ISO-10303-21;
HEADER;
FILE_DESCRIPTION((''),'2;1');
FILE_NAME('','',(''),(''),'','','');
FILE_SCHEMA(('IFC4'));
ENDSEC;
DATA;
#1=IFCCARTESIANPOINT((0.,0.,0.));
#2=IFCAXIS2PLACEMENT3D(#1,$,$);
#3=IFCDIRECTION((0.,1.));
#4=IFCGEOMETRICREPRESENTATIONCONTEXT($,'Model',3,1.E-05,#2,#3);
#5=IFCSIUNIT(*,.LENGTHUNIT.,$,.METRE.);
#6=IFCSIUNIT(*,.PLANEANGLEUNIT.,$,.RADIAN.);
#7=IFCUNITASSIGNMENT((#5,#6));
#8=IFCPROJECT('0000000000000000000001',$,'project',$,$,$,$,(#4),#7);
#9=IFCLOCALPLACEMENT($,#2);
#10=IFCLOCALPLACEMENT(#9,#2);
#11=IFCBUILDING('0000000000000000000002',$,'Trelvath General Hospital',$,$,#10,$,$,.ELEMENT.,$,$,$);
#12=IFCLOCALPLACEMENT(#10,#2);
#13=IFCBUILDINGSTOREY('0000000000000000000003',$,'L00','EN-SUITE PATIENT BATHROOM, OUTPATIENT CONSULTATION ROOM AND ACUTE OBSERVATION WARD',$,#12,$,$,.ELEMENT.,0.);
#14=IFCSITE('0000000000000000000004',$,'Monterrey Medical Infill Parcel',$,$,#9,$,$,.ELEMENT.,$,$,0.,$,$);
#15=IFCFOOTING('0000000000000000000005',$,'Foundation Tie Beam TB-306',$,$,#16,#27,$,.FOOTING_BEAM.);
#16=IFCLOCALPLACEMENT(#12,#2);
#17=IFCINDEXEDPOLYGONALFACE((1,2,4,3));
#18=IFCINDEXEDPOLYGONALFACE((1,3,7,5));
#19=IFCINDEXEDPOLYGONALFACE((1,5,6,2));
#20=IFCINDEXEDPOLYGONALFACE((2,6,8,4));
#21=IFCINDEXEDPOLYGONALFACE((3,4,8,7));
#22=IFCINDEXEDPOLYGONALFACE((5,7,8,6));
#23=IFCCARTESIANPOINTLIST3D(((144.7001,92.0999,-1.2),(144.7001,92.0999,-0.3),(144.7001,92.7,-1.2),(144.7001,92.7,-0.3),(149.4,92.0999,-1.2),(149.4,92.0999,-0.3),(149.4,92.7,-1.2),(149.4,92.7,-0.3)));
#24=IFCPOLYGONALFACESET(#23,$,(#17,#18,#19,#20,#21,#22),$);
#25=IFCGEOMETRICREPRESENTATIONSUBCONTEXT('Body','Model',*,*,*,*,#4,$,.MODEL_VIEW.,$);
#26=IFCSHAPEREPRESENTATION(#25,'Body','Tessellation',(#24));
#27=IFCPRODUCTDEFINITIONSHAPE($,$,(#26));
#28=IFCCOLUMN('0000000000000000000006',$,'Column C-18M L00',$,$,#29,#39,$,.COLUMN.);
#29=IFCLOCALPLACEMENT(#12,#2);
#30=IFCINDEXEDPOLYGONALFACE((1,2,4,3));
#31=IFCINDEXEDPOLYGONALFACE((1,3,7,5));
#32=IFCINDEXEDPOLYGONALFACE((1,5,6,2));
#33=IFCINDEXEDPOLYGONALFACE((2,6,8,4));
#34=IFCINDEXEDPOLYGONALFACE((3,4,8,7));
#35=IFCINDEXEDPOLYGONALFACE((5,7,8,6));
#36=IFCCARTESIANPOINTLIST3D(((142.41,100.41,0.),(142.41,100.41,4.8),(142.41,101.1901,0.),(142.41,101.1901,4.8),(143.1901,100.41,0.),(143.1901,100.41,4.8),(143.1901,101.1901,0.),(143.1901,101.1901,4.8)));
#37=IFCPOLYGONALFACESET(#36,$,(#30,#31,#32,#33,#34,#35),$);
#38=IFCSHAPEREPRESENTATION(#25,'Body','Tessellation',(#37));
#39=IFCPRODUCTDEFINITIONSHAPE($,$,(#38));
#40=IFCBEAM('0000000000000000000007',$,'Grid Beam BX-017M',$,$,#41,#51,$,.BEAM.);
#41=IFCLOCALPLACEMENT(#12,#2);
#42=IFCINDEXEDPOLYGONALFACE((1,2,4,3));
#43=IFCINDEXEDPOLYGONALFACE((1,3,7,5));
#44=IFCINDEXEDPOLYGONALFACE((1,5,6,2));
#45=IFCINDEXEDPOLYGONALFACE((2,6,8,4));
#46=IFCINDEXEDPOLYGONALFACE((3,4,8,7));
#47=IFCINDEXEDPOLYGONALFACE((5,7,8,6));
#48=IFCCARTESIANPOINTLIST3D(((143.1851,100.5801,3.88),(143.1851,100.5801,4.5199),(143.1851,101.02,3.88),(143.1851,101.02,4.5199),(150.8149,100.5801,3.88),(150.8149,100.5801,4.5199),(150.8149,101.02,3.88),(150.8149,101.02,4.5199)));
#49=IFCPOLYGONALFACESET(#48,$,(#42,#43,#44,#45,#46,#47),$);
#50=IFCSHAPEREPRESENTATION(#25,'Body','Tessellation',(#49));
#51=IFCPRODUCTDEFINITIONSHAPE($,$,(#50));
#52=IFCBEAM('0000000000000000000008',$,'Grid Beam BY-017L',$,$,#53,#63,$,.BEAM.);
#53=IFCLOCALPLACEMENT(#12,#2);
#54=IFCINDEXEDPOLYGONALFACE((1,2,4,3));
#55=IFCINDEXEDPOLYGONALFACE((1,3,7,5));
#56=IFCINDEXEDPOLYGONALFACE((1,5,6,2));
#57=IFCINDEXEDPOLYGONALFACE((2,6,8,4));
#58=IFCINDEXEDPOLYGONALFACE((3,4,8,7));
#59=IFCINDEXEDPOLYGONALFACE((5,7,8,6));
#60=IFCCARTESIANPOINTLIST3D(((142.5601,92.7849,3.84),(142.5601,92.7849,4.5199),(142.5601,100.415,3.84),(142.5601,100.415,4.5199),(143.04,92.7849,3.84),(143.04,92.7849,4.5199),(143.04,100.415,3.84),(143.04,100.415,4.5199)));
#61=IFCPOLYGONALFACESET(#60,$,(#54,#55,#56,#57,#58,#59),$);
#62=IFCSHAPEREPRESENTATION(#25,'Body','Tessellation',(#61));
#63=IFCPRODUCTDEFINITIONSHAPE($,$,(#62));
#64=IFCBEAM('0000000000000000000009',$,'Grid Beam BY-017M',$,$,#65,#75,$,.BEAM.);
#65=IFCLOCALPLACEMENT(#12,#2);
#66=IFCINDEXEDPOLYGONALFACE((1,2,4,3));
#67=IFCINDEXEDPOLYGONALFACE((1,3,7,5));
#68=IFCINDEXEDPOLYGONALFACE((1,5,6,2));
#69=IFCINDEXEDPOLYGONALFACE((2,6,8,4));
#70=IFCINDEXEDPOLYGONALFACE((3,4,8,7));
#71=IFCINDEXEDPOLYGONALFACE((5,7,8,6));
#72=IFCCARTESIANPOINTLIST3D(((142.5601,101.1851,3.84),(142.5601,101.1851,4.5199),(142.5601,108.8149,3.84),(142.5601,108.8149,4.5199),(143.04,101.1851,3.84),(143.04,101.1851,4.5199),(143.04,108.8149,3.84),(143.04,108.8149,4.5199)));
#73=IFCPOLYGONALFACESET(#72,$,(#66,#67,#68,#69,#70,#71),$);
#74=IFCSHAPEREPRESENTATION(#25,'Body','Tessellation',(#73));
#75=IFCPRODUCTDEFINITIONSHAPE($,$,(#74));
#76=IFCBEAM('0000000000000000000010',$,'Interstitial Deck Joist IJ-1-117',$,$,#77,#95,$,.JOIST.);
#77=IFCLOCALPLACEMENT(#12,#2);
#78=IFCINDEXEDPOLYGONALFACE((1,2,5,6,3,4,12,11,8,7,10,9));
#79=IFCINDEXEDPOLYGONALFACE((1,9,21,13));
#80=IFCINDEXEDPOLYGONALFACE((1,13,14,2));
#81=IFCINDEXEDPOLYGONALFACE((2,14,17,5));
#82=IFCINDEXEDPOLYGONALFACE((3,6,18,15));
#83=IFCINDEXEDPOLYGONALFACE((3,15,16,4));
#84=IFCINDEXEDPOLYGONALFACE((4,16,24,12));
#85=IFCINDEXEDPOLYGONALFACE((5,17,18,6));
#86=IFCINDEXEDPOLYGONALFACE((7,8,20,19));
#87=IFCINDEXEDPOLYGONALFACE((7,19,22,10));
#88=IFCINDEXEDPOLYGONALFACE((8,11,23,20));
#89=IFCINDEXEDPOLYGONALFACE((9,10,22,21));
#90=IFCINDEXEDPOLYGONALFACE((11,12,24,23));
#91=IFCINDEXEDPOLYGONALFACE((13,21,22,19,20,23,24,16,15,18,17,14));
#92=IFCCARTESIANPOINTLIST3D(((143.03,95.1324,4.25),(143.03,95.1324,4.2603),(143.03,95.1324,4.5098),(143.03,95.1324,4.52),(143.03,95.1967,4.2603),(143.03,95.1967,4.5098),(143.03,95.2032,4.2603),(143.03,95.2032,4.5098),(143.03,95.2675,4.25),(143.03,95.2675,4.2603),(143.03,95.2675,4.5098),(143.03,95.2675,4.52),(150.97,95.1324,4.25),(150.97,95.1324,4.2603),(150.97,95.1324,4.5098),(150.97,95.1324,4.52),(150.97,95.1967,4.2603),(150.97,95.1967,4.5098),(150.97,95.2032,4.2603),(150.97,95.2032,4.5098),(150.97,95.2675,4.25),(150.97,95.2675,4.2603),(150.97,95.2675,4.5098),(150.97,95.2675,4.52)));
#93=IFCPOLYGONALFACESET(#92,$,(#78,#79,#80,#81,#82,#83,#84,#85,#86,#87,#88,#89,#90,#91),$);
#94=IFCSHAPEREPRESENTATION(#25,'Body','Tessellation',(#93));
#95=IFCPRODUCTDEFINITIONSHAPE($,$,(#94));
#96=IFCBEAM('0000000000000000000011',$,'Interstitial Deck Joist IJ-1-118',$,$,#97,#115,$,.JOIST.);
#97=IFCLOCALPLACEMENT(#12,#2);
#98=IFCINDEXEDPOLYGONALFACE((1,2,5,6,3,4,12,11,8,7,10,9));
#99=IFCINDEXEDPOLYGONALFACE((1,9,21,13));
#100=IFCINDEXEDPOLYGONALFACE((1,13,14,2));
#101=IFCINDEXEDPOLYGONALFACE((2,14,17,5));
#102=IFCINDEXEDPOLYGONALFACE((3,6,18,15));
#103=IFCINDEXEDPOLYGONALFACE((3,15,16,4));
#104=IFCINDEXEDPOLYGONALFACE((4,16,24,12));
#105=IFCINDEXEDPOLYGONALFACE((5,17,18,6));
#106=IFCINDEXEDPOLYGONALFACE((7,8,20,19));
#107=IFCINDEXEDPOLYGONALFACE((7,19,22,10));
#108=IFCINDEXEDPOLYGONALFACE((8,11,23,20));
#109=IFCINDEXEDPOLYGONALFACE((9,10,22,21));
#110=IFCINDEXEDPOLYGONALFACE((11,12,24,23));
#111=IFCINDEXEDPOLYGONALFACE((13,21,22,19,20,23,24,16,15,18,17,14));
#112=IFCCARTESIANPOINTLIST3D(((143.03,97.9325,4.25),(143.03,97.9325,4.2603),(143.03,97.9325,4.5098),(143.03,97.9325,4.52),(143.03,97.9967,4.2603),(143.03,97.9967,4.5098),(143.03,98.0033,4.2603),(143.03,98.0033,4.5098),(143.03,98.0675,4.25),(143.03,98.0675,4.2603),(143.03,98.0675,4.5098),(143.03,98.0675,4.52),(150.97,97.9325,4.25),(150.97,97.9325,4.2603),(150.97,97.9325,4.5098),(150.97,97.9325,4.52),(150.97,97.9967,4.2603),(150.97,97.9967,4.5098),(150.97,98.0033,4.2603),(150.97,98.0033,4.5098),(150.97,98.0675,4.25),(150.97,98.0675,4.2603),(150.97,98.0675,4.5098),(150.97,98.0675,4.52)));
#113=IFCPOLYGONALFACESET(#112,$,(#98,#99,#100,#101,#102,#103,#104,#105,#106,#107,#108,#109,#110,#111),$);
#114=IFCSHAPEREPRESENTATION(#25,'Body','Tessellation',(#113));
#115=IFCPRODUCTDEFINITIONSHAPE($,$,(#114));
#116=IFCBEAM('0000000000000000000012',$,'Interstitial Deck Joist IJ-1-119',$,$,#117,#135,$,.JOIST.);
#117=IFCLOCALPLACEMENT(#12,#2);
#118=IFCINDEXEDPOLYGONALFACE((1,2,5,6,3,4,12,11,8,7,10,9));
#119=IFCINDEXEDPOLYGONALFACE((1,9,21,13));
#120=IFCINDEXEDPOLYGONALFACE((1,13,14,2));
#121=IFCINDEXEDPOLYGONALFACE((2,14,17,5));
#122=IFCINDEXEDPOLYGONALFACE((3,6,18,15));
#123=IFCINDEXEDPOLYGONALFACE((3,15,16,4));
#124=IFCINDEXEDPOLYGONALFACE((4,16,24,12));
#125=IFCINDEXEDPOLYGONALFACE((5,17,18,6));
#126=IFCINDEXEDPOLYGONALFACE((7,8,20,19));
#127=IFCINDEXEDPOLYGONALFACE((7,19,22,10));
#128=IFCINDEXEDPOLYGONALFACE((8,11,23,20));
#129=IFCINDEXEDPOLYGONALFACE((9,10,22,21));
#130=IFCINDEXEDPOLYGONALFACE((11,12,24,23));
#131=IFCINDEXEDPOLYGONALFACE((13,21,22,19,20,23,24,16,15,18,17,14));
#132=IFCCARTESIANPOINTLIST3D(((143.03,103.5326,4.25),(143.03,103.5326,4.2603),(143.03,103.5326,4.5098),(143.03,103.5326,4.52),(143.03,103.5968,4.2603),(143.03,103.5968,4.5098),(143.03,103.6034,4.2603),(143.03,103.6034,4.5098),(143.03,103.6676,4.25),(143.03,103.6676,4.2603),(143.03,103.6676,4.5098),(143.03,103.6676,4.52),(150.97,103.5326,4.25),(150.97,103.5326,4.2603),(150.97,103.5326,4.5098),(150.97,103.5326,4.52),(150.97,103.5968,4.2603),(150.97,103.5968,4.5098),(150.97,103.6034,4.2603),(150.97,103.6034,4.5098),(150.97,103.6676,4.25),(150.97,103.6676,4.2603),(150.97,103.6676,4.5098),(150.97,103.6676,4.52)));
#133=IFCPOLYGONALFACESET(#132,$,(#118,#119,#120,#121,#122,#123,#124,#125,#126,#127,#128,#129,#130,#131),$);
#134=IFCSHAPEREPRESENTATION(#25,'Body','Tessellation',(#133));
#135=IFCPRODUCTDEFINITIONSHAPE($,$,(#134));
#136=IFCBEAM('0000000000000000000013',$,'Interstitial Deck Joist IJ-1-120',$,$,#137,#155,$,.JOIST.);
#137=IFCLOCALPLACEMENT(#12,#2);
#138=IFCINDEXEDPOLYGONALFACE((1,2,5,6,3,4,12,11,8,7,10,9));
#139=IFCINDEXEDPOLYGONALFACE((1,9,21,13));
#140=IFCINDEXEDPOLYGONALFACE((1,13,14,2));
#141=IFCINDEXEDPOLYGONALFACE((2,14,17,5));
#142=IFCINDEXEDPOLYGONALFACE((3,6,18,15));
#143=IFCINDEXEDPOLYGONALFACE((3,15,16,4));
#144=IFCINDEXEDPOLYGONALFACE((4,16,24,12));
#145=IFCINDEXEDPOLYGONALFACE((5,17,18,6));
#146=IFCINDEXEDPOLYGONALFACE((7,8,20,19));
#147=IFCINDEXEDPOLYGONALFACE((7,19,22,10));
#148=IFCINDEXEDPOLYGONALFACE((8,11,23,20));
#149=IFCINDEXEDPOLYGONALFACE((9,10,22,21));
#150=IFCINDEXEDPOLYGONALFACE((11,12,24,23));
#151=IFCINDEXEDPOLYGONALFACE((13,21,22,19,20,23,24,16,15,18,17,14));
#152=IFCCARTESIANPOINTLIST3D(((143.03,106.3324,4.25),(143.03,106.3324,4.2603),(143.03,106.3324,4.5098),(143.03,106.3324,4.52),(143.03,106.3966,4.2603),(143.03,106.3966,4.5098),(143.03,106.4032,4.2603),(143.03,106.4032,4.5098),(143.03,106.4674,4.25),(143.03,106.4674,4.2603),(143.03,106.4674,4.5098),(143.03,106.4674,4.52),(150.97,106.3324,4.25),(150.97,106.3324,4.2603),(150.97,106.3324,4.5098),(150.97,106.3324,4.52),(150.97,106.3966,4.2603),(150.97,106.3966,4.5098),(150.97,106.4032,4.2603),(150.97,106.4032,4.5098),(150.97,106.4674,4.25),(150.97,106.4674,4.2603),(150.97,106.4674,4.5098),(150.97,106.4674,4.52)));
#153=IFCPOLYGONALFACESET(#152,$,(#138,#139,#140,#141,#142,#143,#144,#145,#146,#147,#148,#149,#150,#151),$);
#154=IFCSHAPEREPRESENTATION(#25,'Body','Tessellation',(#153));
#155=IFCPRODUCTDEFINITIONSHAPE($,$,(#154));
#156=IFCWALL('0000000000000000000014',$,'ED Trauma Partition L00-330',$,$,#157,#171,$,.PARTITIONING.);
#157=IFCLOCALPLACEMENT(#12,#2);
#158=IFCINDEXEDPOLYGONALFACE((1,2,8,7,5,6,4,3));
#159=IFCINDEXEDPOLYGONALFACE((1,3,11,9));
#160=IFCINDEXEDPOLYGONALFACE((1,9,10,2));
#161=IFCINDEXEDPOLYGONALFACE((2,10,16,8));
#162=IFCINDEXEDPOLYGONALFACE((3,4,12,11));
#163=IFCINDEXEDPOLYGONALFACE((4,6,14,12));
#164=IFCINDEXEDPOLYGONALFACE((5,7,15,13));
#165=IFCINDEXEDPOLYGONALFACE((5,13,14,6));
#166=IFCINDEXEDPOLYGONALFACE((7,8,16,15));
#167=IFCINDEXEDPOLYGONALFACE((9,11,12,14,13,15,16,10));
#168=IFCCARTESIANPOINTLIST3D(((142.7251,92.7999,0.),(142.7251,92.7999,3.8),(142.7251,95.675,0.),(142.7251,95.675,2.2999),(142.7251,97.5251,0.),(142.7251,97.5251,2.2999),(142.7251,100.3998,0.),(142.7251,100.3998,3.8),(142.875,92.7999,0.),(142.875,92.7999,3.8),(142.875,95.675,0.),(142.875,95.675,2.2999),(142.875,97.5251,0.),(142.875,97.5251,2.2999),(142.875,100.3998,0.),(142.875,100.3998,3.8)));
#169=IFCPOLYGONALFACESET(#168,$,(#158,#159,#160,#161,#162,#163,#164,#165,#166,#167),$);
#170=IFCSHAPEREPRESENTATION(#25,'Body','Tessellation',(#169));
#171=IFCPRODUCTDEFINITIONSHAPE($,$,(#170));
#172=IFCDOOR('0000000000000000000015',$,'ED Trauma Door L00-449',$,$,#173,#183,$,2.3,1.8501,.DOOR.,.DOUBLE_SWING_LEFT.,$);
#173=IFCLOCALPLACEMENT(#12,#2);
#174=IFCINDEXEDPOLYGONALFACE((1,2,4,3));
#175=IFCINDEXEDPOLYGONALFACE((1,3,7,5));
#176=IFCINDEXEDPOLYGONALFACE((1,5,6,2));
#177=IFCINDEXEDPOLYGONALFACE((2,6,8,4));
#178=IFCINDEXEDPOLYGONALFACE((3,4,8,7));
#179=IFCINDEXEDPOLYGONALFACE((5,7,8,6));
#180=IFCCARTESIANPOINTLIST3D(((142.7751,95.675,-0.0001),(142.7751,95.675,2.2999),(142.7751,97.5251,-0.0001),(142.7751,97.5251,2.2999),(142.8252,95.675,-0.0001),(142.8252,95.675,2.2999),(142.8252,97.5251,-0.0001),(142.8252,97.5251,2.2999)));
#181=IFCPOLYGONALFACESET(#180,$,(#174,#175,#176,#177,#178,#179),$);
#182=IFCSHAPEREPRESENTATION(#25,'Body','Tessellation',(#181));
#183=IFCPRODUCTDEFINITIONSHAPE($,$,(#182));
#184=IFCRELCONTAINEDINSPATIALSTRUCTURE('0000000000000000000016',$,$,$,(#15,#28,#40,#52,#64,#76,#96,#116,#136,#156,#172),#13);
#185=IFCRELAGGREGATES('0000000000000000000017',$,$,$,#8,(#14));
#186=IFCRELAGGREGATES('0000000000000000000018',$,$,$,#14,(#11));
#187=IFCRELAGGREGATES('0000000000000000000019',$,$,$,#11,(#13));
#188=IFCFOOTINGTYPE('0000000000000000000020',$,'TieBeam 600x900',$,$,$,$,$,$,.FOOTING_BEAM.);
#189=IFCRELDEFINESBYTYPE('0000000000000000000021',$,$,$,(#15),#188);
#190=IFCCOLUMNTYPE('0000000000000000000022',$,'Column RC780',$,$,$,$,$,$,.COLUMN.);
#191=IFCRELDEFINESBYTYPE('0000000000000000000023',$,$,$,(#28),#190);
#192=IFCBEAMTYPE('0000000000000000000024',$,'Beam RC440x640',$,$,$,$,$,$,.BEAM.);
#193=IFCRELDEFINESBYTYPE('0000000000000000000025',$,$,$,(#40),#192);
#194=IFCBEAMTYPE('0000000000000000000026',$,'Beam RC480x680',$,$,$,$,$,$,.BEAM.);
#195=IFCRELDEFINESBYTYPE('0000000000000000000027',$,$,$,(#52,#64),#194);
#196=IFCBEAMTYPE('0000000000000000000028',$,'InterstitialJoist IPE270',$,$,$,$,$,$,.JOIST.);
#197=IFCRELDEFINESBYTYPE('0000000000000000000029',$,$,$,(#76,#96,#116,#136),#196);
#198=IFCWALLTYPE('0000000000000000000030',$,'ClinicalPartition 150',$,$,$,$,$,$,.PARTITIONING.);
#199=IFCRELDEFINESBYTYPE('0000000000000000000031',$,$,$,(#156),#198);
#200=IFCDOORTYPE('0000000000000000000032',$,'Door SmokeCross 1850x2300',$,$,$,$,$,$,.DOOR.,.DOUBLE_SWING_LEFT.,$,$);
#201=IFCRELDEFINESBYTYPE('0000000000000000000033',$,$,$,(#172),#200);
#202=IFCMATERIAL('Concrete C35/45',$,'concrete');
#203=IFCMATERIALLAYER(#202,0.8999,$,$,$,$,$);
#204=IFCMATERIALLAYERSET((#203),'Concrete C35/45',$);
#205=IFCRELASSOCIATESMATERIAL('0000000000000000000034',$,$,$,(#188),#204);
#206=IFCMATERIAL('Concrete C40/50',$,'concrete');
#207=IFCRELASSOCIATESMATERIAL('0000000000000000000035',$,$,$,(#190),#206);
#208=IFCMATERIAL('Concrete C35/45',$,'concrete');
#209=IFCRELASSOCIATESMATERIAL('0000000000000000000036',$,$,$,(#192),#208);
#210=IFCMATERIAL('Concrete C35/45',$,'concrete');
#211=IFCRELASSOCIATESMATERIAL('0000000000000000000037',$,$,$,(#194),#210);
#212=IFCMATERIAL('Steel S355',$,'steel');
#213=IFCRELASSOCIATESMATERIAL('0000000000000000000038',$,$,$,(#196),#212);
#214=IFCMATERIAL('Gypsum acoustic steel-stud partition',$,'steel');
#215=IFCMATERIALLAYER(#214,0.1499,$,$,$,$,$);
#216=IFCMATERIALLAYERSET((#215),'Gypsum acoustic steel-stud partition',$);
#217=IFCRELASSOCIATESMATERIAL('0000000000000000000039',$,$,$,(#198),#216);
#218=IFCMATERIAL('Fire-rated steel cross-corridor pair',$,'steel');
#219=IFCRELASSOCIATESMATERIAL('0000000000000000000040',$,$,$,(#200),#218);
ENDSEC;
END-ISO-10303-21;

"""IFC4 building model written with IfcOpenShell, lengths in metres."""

from ifc_helpers import new_model, si_unit, direction, frame, frame_2d, origin, origin_2d, place, context, subcontext, project, spatial, rectangle, i_section, extrude, material, layer, layer_set, material_profile, profile_set, type_object, element, fill, save


model = new_model("IFC4")

# Units and contexts
model_context = context("Model", 3, precision=1e-05, world=origin(), true_north=direction((0.0, 1.0)))
body_context = subcontext(model_context, "Body", "Model", "MODEL_VIEW")
ifc_project = project(units=[si_unit("LENGTHUNIT", "METRE"), si_unit("PLANEANGLEUNIT", "RADIAN")], contexts=[model_context])

# Site, building, storey
site_placement = place(None, origin())
site = spatial("IfcSite", under=ifc_project, at=site_placement, Name="Monterrey Medical Infill Parcel", CompositionType="ELEMENT", RefElevation=0.0)
building_placement = place(site_placement, origin())
building = spatial("IfcBuilding", under=site, at=building_placement, Name="Trelvath General Hospital", CompositionType="ELEMENT")
storey_placement = place(building_placement, origin())
storey = spatial("IfcBuildingStorey", under=building, at=storey_placement, Name="L00", Description="EN-SUITE PATIENT BATHROOM, OUTPATIENT CONSULTATION ROOM AND ACUTE OBSERVATION WARD", CompositionType="ELEMENT", Elevation=0.0)

# Footing
ifc_material_1 = material(Name="Concrete C35/45", Category="concrete")
ifc_layer_1 = layer(ifc_material_1, 0.8999)
ifc_layer_set_1 = layer_set([ifc_layer_1], Name="Concrete C35/45")
footing_type_1 = type_object("IfcFootingType", Name="TieBeam 600x900", PredefinedType="FOOTING_BEAM", material=ifc_layer_set_1)
footing_1_placement = place(storey_placement, frame((147.05, 92.3999, -1.2), z_axis=(0.0, 0.0, 1.0), x_axis=(1.0, 0.0, 0.0)))
element("IfcFooting", 1, at=footing_1_placement, inside=storey, type_object=footing_type_1, Name="Foundation Tie Beam TB-306", PredefinedType="FOOTING_BEAM", context=body_context, shape_type="SweptSolid", body=[
    extrude(rectangle(XDim=4.7, YDim=0.6001, at=origin_2d()), origin(), (0.0, 0.0, 1.0), 0.8999),
])

# Column
ifc_material_2 = material(Name="Concrete C40/50", Category="concrete")
ifc_material_profile_1 = material_profile(ifc_material_2, rectangle(XDim=0.78, YDim=0.78, at=origin_2d()), Name="RC780x780")
ifc_profile_set_1 = profile_set([ifc_material_profile_1], Name="Concrete C40/50")
column_type = type_object("IfcColumnType", Name="Column RC780", PredefinedType="COLUMN", material=ifc_profile_set_1)
column_placement = place(storey_placement, frame((142.8, 100.8, 0.0), z_axis=(0.0, 0.0, 1.0), x_axis=(1.0, 0.0, 0.0)))
element("IfcColumn", 2, at=column_placement, inside=storey, type_object=column_type, Name="Column C-18M L00", PredefinedType="COLUMN", context=body_context, shape_type="SweptSolid", body=[
    extrude(rectangle(XDim=0.78, YDim=0.78, at=origin_2d()), origin(), (0.0, 0.0, 1.0), 4.8),
])

# Beams
ifc_material_3 = material(Name="Concrete C35/45", Category="concrete")
ifc_material_profile_2 = material_profile(ifc_material_3, rectangle(XDim=0.4399, YDim=0.6399, at=origin_2d()), Name="RCB440x640")
ifc_profile_set_2 = profile_set([ifc_material_profile_2], Name="Concrete C35/45")
beam_type_1 = type_object("IfcBeamType", Name="Beam RC440x640", PredefinedType="BEAM", material=ifc_profile_set_2)
beam_1_placement = place(storey_placement, frame((143.1851, 100.8, 4.2), z_axis=(1.0, 0.0, 0.0), x_axis=(0.0, 1.0, 0.0)))
element("IfcBeam", 3, at=beam_1_placement, inside=storey, type_object=beam_type_1, Name="Grid Beam BX-017M", PredefinedType="BEAM", context=body_context, shape_type="SweptSolid", body=[
    extrude(rectangle(XDim=0.4399, YDim=0.6399, at=origin_2d()), origin(), (0.0, 0.0, 1.0), 7.6299),
])
ifc_material_4 = material(Name="Concrete C35/45", Category="concrete")
ifc_material_profile_3 = material_profile(ifc_material_4, rectangle(XDim=0.48, YDim=0.6799, at=origin_2d()), Name="RCB480x680")
ifc_profile_set_3 = profile_set([ifc_material_profile_3], Name="Concrete C35/45")
beam_type_2 = type_object("IfcBeamType", Name="Beam RC480x680", PredefinedType="BEAM", material=ifc_profile_set_3)
beam_2_placement = place(storey_placement, frame((142.8, 92.7849, 4.1799), z_axis=(0.0, 1.0, 0.0), x_axis=(-1.0, 0.0, 0.0)))
element("IfcBeam", 4, at=beam_2_placement, inside=storey, type_object=beam_type_2, Name="Grid Beam BY-017L", PredefinedType="BEAM", context=body_context, shape_type="SweptSolid", body=[
    extrude(rectangle(XDim=0.48, YDim=0.6799, at=origin_2d()), origin(), (0.0, 0.0, 1.0), 7.6301),
])
beam_3_placement = place(storey_placement, frame((142.8, 101.1851, 4.1799), z_axis=(0.0, 1.0, 0.0), x_axis=(-1.0, 0.0, 0.0)))
element("IfcBeam", 5, at=beam_3_placement, inside=storey, type_object=beam_type_2, Name="Grid Beam BY-017M", PredefinedType="BEAM", context=body_context, shape_type="SweptSolid", body=[
    extrude(rectangle(XDim=0.48, YDim=0.6799, at=origin_2d()), origin(), (0.0, 0.0, 1.0), 7.6299),
])
ifc_material_5 = material(Name="Steel S355", Category="steel")
ifc_material_profile_4 = material_profile(ifc_material_5, i_section(OverallWidth=0.135, OverallDepth=0.27, WebThickness=0.0066, FlangeThickness=0.0103, at=origin_2d()), Name="IPE270")
ifc_profile_set_4 = profile_set([ifc_material_profile_4], Name="Steel S355")
beam_type_3 = type_object("IfcBeamType", Name="InterstitialJoist IPE270", PredefinedType="JOIST", material=ifc_profile_set_4)
for number, where, z_axis, x_axis, name in (
    (6, (143.03, 95.2, 4.385), (1.0, 0.0, 0.0), (0.0, 1.0, 0.0), "Interstitial Deck Joist IJ-1-117"),
    (7, (143.03, 98.0, 4.385), (1.0, 0.0, 0.0), (0.0, 1.0, 0.0), "Interstitial Deck Joist IJ-1-118"),
    (8, (143.03, 103.6001, 4.385), (1.0, 0.0, 0.0), (0.0, 1.0, 0.0), "Interstitial Deck Joist IJ-1-119"),
    (9, (143.03, 106.3999, 4.385), (1.0, 0.0, 0.0), (0.0, 1.0, 0.0), "Interstitial Deck Joist IJ-1-120"),
):
    element("IfcBeam", number, at=place(storey_placement, frame(where, z_axis=z_axis, x_axis=x_axis)), inside=storey, type_object=beam_type_3, Name=name, PredefinedType="JOIST", context=body_context, shape_type="SweptSolid", body=[
        extrude(i_section(OverallWidth=0.135, OverallDepth=0.27, WebThickness=0.0066, FlangeThickness=0.0103, at=origin_2d()), origin(), (0.0, 0.0, 1.0), 7.9399),
    ])

# Wall, opening, door
ifc_material_6 = material(Name="Gypsum acoustic steel-stud partition", Category="steel")
ifc_layer_2 = layer(ifc_material_6, 0.1499)
ifc_layer_set_2 = layer_set([ifc_layer_2], Name="Gypsum acoustic steel-stud partition")
wall_type = type_object("IfcWallType", Name="ClinicalPartition 150", PredefinedType="PARTITIONING", material=ifc_layer_set_2)
wall_placement = place(storey_placement, frame((142.8, 92.8, 0.0), z_axis=(0.0, 0.0, 1.0), x_axis=(0.0, 1.0, 0.0)))
wall = element("IfcWall", 10, at=wall_placement, inside=storey, type_object=wall_type, Name="ED Trauma Partition L00-330", PredefinedType="PARTITIONING", context=body_context, shape_type="SweptSolid", body=[
    extrude(rectangle(XDim=7.5999, YDim=0.1499, at=frame_2d((3.7998, 0.0))), origin(), (0.0, 0.0, 1.0), 3.8),
])
opening_placement = place(wall_placement, frame((2.875, 0.0, 0.0)))
opening = element("IfcOpeningElement", 11, at=opening_placement, cuts=wall, PredefinedType="OPENING", context=body_context, shape_type="SweptSolid", body=[
    extrude(rectangle(XDim=1.8501, YDim=2.3, at=frame_2d((0.925, 1.1499))), frame((0.0, 0.085, 0.0), z_axis=(0.0, -1.0, 0.0), x_axis=(1.0, 0.0, 0.0)), (0.0, 0.0, 1.0), 0.1699),
])
ifc_material_7 = material(Name="Fire-rated steel cross-corridor pair", Category="steel")
door_type = type_object("IfcDoorType", Name="Door SmokeCross 1850x2300", OperationType="DOUBLE_SWING_LEFT", PredefinedType="DOOR", material=ifc_material_7)
door_placement = place(opening_placement, origin())
door = element("IfcDoor", 12, at=door_placement, inside=storey, type_object=door_type, Name="ED Trauma Door L00-449", OperationType="DOUBLE_SWING_LEFT", OverallHeight=2.3, OverallWidth=1.8501, PredefinedType="DOOR", context=body_context, shape_type="SweptSolid", body=[
    extrude(rectangle(XDim=1.8501, YDim=2.3, at=frame_2d((0.925, 1.1499))), frame((0.0, 0.0249, 0.0), z_axis=(0.0, -1.0, 0.0), x_axis=(1.0, 0.0, 0.0)), (0.0, 0.0, 1.0), 0.05),
])
fill(opening, door)

save(model, "model.ifc")
